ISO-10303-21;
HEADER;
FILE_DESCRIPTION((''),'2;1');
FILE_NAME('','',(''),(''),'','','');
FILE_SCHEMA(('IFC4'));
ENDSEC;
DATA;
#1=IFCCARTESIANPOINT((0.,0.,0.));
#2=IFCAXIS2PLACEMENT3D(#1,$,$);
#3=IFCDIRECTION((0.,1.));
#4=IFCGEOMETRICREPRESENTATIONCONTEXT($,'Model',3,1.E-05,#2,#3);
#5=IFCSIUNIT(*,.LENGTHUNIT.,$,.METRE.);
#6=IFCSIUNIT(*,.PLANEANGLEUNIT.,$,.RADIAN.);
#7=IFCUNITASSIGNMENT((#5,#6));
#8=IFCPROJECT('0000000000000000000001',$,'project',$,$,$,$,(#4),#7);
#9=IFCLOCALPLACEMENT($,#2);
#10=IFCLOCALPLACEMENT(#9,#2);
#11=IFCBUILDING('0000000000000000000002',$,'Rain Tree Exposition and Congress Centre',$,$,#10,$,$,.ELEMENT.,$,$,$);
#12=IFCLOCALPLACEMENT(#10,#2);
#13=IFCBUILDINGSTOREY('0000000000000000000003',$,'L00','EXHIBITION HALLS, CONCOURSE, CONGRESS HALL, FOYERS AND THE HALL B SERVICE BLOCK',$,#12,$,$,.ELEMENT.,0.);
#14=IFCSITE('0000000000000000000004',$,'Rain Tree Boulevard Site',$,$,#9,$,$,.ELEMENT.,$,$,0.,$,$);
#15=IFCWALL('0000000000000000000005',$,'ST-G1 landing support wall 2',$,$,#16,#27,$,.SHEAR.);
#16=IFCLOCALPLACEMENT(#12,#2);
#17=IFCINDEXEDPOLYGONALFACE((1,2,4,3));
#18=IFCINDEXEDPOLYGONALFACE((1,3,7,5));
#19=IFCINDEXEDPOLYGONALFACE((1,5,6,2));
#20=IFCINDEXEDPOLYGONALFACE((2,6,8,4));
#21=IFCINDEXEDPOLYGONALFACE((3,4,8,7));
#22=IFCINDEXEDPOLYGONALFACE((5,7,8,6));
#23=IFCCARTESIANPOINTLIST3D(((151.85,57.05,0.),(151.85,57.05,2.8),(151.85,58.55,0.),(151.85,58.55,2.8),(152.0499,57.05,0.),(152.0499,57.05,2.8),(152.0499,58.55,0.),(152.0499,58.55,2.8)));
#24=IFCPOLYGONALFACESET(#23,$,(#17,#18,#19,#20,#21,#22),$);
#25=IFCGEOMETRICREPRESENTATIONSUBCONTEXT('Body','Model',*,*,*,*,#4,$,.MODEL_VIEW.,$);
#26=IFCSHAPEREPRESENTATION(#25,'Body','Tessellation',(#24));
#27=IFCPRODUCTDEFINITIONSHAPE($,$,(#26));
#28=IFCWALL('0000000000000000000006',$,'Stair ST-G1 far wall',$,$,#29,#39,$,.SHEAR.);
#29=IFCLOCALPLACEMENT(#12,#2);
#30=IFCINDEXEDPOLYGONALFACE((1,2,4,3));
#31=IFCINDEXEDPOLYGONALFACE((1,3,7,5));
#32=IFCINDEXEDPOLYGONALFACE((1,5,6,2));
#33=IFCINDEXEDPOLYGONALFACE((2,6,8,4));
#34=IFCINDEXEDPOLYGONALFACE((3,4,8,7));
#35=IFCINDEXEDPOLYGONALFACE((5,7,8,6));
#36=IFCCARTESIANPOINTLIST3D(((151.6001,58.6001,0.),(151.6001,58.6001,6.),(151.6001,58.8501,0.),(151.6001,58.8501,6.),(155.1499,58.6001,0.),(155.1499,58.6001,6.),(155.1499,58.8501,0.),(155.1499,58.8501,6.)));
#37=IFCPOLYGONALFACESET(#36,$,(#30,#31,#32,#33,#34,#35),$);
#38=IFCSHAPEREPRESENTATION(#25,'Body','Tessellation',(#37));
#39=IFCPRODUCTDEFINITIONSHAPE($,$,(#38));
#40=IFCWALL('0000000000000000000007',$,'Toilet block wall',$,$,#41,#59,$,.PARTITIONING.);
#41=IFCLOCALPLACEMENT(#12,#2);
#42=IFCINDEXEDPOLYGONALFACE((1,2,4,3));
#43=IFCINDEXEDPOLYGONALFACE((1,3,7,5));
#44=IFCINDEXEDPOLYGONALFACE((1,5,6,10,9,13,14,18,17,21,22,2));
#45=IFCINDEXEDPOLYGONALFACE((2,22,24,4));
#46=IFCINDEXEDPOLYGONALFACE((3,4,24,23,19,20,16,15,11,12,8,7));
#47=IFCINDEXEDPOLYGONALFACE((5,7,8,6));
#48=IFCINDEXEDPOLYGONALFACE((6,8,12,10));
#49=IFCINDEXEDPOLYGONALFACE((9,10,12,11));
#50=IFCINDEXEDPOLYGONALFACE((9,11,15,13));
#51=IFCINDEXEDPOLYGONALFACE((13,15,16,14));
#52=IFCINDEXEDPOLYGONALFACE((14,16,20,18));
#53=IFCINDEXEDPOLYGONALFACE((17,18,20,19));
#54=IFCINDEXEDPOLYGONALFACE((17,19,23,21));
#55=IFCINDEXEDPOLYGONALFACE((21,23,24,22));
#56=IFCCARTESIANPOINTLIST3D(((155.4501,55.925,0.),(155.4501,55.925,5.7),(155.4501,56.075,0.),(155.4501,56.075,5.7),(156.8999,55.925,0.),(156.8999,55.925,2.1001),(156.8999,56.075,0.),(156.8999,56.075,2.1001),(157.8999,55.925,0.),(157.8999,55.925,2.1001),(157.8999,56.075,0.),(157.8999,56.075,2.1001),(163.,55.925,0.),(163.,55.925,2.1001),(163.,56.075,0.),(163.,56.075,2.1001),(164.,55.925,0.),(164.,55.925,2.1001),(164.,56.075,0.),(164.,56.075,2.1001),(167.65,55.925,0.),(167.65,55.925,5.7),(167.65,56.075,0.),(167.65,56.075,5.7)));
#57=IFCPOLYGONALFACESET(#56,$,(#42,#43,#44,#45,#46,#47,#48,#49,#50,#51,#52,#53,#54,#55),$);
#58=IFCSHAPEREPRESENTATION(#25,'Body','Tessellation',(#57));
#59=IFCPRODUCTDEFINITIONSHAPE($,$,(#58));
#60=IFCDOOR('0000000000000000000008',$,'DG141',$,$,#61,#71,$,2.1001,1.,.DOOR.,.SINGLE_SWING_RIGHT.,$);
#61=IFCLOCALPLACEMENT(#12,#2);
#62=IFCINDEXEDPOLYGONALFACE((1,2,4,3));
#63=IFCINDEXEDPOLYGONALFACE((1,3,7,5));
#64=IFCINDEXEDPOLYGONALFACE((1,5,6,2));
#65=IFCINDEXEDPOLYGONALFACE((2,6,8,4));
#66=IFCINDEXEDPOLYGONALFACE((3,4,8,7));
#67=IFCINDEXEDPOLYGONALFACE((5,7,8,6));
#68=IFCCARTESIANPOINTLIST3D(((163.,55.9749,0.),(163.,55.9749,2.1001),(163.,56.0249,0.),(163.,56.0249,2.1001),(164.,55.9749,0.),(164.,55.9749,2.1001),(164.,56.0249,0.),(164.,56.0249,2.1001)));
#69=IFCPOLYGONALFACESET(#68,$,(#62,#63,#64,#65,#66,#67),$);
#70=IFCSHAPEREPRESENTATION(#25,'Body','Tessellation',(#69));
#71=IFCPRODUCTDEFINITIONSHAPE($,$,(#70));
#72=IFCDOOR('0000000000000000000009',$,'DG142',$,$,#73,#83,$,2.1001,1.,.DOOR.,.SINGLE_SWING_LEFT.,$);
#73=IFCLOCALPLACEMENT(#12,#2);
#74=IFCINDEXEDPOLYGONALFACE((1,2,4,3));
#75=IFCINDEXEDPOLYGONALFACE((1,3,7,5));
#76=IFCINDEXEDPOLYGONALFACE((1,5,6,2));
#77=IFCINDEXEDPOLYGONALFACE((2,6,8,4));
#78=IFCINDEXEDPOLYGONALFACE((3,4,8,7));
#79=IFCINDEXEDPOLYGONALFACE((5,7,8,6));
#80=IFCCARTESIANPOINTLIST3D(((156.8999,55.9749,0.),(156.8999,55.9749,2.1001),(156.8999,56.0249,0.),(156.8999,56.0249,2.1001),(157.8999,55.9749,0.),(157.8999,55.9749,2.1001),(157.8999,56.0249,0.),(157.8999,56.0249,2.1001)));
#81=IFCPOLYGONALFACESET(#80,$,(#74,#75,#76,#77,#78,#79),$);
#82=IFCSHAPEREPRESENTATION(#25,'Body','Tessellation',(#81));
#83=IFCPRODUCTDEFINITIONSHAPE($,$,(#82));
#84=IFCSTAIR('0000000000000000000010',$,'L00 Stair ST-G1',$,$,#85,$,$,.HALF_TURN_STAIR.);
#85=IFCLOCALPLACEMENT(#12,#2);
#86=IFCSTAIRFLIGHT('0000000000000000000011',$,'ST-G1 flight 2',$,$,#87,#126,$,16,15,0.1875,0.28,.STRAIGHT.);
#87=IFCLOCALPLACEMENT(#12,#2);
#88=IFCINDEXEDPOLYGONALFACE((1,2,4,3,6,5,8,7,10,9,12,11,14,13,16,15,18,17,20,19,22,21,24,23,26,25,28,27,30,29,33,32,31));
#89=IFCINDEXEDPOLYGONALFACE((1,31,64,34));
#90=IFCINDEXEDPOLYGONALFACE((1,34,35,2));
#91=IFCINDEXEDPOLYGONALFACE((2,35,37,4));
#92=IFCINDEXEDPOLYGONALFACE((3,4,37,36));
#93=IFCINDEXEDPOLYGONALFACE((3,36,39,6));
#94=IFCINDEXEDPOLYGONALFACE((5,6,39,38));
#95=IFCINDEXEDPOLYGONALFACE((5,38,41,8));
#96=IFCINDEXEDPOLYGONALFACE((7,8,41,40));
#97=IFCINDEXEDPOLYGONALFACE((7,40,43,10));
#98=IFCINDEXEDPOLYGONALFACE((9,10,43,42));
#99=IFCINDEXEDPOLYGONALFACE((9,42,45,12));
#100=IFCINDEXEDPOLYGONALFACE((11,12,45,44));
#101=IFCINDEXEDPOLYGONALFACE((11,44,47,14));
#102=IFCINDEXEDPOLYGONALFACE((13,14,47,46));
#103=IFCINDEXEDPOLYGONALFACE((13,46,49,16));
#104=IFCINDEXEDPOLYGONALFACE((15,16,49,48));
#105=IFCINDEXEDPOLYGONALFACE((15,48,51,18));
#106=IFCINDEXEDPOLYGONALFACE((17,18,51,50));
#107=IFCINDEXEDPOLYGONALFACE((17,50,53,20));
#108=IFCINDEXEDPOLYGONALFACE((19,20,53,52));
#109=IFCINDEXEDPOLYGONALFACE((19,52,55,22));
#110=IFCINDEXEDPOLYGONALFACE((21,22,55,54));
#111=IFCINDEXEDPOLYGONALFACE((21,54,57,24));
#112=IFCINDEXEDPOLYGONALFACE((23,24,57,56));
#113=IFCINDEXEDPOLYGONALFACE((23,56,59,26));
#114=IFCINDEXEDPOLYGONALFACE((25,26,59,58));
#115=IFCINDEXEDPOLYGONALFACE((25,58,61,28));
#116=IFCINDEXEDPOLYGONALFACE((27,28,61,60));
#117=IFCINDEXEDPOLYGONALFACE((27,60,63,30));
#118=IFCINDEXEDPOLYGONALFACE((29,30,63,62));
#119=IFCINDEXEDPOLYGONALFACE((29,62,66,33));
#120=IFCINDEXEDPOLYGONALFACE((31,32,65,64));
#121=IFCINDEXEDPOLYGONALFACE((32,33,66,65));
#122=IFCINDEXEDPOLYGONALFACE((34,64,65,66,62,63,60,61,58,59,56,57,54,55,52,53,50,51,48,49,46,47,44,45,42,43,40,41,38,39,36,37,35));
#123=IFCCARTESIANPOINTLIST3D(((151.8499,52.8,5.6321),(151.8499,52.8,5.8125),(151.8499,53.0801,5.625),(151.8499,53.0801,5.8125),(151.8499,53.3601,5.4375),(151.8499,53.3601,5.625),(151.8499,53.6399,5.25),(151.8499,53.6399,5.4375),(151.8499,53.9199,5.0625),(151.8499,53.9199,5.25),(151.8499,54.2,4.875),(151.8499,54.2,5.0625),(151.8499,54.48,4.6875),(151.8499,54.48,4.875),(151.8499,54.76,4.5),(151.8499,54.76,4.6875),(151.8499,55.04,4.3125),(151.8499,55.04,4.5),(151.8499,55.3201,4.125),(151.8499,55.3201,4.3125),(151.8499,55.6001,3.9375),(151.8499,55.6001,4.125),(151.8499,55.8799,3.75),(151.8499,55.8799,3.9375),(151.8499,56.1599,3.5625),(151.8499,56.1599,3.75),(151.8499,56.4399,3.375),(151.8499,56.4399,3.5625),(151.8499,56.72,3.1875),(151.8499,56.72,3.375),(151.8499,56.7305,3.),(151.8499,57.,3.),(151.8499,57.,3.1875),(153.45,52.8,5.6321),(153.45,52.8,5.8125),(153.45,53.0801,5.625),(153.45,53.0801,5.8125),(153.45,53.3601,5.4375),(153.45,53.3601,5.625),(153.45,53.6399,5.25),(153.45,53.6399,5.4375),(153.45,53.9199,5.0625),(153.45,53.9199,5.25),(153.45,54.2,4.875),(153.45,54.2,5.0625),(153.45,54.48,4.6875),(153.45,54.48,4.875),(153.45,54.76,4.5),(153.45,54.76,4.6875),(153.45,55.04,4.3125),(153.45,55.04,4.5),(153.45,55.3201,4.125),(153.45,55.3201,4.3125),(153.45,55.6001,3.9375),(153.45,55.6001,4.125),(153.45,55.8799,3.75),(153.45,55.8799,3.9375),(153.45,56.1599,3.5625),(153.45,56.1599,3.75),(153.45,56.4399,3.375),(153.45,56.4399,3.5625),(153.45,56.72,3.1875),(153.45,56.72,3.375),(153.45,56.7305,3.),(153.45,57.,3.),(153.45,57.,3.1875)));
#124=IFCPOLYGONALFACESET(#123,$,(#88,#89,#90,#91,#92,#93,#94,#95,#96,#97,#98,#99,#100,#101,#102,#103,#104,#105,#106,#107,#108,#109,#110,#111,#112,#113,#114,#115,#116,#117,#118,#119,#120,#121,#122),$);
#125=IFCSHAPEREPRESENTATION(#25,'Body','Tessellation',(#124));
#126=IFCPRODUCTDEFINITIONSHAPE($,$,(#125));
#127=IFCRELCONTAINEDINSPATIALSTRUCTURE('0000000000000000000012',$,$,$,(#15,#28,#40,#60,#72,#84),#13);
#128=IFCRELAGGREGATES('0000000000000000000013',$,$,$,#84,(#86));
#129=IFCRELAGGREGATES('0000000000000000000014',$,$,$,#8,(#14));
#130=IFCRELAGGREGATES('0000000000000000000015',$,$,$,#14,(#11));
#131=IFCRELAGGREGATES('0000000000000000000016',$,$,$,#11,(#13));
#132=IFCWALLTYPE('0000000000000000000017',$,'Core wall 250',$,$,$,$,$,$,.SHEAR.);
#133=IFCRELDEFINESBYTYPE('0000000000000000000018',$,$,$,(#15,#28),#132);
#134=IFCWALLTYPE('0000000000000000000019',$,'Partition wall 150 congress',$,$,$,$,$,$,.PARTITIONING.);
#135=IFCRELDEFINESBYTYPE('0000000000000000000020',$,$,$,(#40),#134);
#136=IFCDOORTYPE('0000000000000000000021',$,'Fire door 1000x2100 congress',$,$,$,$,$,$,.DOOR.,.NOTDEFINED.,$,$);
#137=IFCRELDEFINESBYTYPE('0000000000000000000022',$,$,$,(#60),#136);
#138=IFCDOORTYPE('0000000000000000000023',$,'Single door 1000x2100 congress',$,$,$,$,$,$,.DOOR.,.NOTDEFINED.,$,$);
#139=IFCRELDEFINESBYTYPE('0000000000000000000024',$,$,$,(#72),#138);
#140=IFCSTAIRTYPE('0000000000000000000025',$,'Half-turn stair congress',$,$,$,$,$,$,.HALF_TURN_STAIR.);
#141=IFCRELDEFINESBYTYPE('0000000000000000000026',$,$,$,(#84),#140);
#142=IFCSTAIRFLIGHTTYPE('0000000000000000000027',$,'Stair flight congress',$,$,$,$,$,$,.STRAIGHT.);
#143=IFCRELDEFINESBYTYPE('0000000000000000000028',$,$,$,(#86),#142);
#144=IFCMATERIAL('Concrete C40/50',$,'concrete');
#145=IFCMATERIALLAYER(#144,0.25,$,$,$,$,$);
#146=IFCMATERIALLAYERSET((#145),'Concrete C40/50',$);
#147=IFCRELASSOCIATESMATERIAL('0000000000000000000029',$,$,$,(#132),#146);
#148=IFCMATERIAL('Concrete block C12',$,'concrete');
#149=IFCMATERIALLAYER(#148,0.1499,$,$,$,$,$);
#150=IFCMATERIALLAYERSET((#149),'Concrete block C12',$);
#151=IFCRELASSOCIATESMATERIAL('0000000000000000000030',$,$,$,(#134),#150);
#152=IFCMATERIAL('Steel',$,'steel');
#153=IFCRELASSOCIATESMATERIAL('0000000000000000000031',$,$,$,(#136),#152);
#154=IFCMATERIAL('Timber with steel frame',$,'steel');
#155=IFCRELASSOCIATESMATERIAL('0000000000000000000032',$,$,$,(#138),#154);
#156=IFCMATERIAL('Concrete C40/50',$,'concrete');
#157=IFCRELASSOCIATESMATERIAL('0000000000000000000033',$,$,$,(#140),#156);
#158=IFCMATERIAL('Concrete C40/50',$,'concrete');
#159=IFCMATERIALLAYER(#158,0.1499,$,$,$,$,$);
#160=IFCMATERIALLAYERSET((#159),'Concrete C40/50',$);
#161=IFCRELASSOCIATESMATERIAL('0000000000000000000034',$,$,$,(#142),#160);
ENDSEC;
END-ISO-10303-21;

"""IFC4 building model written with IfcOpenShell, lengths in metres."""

from ifc_helpers import new_model, si_unit, direction, frame, frame_2d, origin, place, context, subcontext, project, spatial, polyline, rectangle, outline, extrude, material, layer, layer_set, type_object, element, fill, aggregate, save


model = new_model("IFC4")

# Units and contexts
model_context = context("Model", 3, precision=1e-05, world=origin(), true_north=direction((0.0, 1.0)))
body_context = subcontext(model_context, "Body", "Model", "MODEL_VIEW")
ifc_project = project(units=[si_unit("LENGTHUNIT", "METRE"), si_unit("PLANEANGLEUNIT", "RADIAN")], contexts=[model_context])

# Site, building, storey
site_placement = place(None, origin())
site = spatial("IfcSite", under=ifc_project, at=site_placement, Name="Rain Tree Boulevard Site", CompositionType="ELEMENT", RefElevation=0.0)
building_placement = place(site_placement, origin())
building = spatial("IfcBuilding", under=site, at=building_placement, Name="Rain Tree Exposition and Congress Centre", CompositionType="ELEMENT")
storey_placement = place(building_placement, origin())
storey = spatial("IfcBuildingStorey", under=building, at=storey_placement, Name="L00", Description="EXHIBITION HALLS, CONCOURSE, CONGRESS HALL, FOYERS AND THE HALL B SERVICE BLOCK", CompositionType="ELEMENT", Elevation=0.0)

# Walls
ifc_material_1 = material(Name="Concrete C40/50", Category="concrete")
ifc_layer_1 = layer(ifc_material_1, 0.25)
ifc_layer_set_1 = layer_set([ifc_layer_1], Name="Concrete C40/50")
wall_type_1 = type_object("IfcWallType", Name="Core wall 250", PredefinedType="SHEAR", material=ifc_layer_set_1)
for number, where, z_axis, x_axis, name in (
    (1, (151.95, 58.55, 0.0), (0.0, 0.0, 1.0), (0.0, -1.0, 0.0), "ST-G1 landing support wall 2"),
):
    element("IfcWall", number, at=place(storey_placement, frame(where, z_axis=z_axis, x_axis=x_axis)), inside=storey, type_object=wall_type_1, Name=name, PredefinedType="SHEAR", context=body_context, shape_type="SweptSolid", body=[
        extrude(rectangle(XDim=1.5, YDim=0.2, at=frame_2d((0.75, 0.0))), origin(), (0.0, 0.0, 1.0), 2.8),
    ])
wall_1_placement = place(storey_placement, frame((155.1499, 58.7251, 0.0), z_axis=(0.0, 0.0, 1.0), x_axis=(-1.0, 0.0, 0.0)))
element("IfcWall", 2, at=wall_1_placement, inside=storey, type_object=wall_type_1, Name="Stair ST-G1 far wall", PredefinedType="SHEAR", context=body_context, shape_type="SweptSolid", body=[
    extrude(rectangle(XDim=3.5498, YDim=0.25, at=frame_2d((1.7749, 0.0))), origin(), (0.0, 0.0, 1.0), 6.0),
])

# Wall, openings, doors
ifc_material_2 = material(Name="Concrete block C12", Category="concrete")
ifc_layer_2 = layer(ifc_material_2, 0.1499)
ifc_layer_set_2 = layer_set([ifc_layer_2], Name="Concrete block C12")
wall_type_2 = type_object("IfcWallType", Name="Partition wall 150 congress", PredefinedType="PARTITIONING", material=ifc_layer_set_2)
wall_2_placement = place(storey_placement, frame((155.45, 56.0, 0.0), z_axis=(0.0, 0.0, 1.0), x_axis=(1.0, 0.0, 0.0)))
wall_2 = element("IfcWall", 3, at=wall_2_placement, inside=storey, type_object=wall_type_2, Name="Toilet block wall", PredefinedType="PARTITIONING", context=body_context, shape_type="SweptSolid", body=[
    extrude(rectangle(XDim=12.2, YDim=0.1499, at=frame_2d((6.1001, 0.0))), origin(), (0.0, 0.0, 1.0), 5.7),
])
opening_1_placement = place(wall_2_placement, frame((7.55, 0.0, 0.0)))
opening_1 = element("IfcOpeningElement", 4, at=opening_1_placement, cuts=wall_2, PredefinedType="OPENING", context=body_context, shape_type="SweptSolid", body=[
    extrude(rectangle(XDim=1.0, YDim=2.1001, at=frame_2d((0.5, 1.05))), frame((0.0, 0.075, 0.0), z_axis=(0.0, -1.0, 0.0), x_axis=(1.0, 0.0, 0.0)), (0.0, 0.0, 1.0), 0.1499),
])
opening_2_placement = place(wall_2_placement, frame((1.45, 0.0, 0.0)))
opening_2 = element("IfcOpeningElement", 5, at=opening_2_placement, cuts=wall_2, PredefinedType="OPENING", context=body_context, shape_type="SweptSolid", body=[
    extrude(rectangle(XDim=1.0, YDim=2.1001, at=frame_2d((0.5, 1.05))), frame((0.0, 0.075, 0.0), z_axis=(0.0, -1.0, 0.0), x_axis=(1.0, 0.0, 0.0)), (0.0, 0.0, 1.0), 0.1499),
])
ifc_material_3 = material(Name="Steel", Category="steel")
door_type_1 = type_object("IfcDoorType", Name="Fire door 1000x2100 congress", OperationType="NOTDEFINED", PredefinedType="DOOR", material=ifc_material_3)
door_1_placement = place(opening_1_placement, origin())
door_1 = element("IfcDoor", 6, at=door_1_placement, inside=storey, type_object=door_type_1, Name="DG141", OperationType="SINGLE_SWING_RIGHT", OverallHeight=2.1001, OverallWidth=1.0, PredefinedType="DOOR", context=body_context, shape_type="SweptSolid", body=[
    extrude(rectangle(XDim=1.0, YDim=2.1001, at=frame_2d((0.5, 1.05))), frame((0.0, 0.0249, 0.0), z_axis=(0.0, -1.0, 0.0), x_axis=(1.0, 0.0, 0.0)), (0.0, 0.0, 1.0), 0.05),
])
fill(opening_1, door_1)
ifc_material_4 = material(Name="Timber with steel frame", Category="steel")
door_type_2 = type_object("IfcDoorType", Name="Single door 1000x2100 congress", OperationType="NOTDEFINED", PredefinedType="DOOR", material=ifc_material_4)
door_2_placement = place(opening_2_placement, origin())
door_2 = element("IfcDoor", 7, at=door_2_placement, inside=storey, type_object=door_type_2, Name="DG142", OperationType="SINGLE_SWING_LEFT", OverallHeight=2.1001, OverallWidth=1.0, PredefinedType="DOOR", context=body_context, shape_type="SweptSolid", body=[
    extrude(rectangle(XDim=1.0, YDim=2.1001, at=frame_2d((0.5, 1.05))), frame((0.0, 0.0249, 0.0), z_axis=(0.0, -1.0, 0.0), x_axis=(1.0, 0.0, 0.0)), (0.0, 0.0, 1.0), 0.05),
])
fill(opening_2, door_2)

# Stair, stair flight
ifc_material_5 = material(Name="Concrete C40/50", Category="concrete")
stair_type = type_object("IfcStairType", Name="Half-turn stair congress", PredefinedType="HALF_TURN_STAIR", material=ifc_material_5)
stair_placement = place(storey_placement, origin())
stair = element("IfcStair", 8, at=stair_placement, inside=storey, type_object=stair_type, Name="L00 Stair ST-G1", PredefinedType="HALF_TURN_STAIR")
ifc_material_6 = material(Name="Concrete C40/50", Category="concrete")
ifc_layer_3 = layer(ifc_material_6, 0.1499)
ifc_layer_set_3 = layer_set([ifc_layer_3], Name="Concrete C40/50")
stair_flight_type = type_object("IfcStairFlightType", Name="Stair flight congress", PredefinedType="STRAIGHT", material=ifc_layer_set_3)
stair_flight_placement = place(storey_placement, frame((152.6499, 57.0, 3.0), z_axis=(0.0, 0.0, 1.0), x_axis=(0.0, -1.0, 0.0)))
stair_flight = element("IfcStairFlight", 9, at=stair_flight_placement, type_object=stair_flight_type, Name="ST-G1 flight 2", NumberOfRisers=16, NumberOfTreads=15, PredefinedType="STRAIGHT", RiserHeight=0.1875, TreadLength=0.28, context=body_context, shape_type="SweptSolid", body=[
    extrude(outline(polyline([(0.0, 0.0), (0.0, 0.1875), (0.28, 0.1875), (0.28, 0.375), (0.5601, 0.375), (0.5601, 0.5625), (0.8401, 0.5625), (0.8401, 0.75), (1.1201, 0.75), (1.1201, 0.9375), (1.3999, 0.9375), (1.3999, 1.125), (1.6799, 1.125), (1.6799, 1.3125), (1.96, 1.3125), (1.96, 1.5), (2.24, 1.5), (2.24, 1.6875), (2.52, 1.6875), (2.52, 1.875), (2.8, 1.875), (2.8, 2.0625), (3.0801, 2.0625), (3.0801, 2.25), (3.3601, 2.25), (3.3601, 2.4375), (3.6399, 2.4375), (3.6399, 2.625), (3.9199, 2.625), (3.9199, 2.8125), (4.2, 2.8125), (4.2, 3.0), (4.2, 2.6321), (0.2695, 0.0), (0.0, 0.0)])), frame((0.0, 0.8, 0.0), z_axis=(0.0, -1.0, 0.0), x_axis=(1.0, 0.0, 0.0)), (0.0, 0.0, 1.0), 1.6001),
])
aggregate(stair, [stair_flight])

save(model, "model.ifc")
